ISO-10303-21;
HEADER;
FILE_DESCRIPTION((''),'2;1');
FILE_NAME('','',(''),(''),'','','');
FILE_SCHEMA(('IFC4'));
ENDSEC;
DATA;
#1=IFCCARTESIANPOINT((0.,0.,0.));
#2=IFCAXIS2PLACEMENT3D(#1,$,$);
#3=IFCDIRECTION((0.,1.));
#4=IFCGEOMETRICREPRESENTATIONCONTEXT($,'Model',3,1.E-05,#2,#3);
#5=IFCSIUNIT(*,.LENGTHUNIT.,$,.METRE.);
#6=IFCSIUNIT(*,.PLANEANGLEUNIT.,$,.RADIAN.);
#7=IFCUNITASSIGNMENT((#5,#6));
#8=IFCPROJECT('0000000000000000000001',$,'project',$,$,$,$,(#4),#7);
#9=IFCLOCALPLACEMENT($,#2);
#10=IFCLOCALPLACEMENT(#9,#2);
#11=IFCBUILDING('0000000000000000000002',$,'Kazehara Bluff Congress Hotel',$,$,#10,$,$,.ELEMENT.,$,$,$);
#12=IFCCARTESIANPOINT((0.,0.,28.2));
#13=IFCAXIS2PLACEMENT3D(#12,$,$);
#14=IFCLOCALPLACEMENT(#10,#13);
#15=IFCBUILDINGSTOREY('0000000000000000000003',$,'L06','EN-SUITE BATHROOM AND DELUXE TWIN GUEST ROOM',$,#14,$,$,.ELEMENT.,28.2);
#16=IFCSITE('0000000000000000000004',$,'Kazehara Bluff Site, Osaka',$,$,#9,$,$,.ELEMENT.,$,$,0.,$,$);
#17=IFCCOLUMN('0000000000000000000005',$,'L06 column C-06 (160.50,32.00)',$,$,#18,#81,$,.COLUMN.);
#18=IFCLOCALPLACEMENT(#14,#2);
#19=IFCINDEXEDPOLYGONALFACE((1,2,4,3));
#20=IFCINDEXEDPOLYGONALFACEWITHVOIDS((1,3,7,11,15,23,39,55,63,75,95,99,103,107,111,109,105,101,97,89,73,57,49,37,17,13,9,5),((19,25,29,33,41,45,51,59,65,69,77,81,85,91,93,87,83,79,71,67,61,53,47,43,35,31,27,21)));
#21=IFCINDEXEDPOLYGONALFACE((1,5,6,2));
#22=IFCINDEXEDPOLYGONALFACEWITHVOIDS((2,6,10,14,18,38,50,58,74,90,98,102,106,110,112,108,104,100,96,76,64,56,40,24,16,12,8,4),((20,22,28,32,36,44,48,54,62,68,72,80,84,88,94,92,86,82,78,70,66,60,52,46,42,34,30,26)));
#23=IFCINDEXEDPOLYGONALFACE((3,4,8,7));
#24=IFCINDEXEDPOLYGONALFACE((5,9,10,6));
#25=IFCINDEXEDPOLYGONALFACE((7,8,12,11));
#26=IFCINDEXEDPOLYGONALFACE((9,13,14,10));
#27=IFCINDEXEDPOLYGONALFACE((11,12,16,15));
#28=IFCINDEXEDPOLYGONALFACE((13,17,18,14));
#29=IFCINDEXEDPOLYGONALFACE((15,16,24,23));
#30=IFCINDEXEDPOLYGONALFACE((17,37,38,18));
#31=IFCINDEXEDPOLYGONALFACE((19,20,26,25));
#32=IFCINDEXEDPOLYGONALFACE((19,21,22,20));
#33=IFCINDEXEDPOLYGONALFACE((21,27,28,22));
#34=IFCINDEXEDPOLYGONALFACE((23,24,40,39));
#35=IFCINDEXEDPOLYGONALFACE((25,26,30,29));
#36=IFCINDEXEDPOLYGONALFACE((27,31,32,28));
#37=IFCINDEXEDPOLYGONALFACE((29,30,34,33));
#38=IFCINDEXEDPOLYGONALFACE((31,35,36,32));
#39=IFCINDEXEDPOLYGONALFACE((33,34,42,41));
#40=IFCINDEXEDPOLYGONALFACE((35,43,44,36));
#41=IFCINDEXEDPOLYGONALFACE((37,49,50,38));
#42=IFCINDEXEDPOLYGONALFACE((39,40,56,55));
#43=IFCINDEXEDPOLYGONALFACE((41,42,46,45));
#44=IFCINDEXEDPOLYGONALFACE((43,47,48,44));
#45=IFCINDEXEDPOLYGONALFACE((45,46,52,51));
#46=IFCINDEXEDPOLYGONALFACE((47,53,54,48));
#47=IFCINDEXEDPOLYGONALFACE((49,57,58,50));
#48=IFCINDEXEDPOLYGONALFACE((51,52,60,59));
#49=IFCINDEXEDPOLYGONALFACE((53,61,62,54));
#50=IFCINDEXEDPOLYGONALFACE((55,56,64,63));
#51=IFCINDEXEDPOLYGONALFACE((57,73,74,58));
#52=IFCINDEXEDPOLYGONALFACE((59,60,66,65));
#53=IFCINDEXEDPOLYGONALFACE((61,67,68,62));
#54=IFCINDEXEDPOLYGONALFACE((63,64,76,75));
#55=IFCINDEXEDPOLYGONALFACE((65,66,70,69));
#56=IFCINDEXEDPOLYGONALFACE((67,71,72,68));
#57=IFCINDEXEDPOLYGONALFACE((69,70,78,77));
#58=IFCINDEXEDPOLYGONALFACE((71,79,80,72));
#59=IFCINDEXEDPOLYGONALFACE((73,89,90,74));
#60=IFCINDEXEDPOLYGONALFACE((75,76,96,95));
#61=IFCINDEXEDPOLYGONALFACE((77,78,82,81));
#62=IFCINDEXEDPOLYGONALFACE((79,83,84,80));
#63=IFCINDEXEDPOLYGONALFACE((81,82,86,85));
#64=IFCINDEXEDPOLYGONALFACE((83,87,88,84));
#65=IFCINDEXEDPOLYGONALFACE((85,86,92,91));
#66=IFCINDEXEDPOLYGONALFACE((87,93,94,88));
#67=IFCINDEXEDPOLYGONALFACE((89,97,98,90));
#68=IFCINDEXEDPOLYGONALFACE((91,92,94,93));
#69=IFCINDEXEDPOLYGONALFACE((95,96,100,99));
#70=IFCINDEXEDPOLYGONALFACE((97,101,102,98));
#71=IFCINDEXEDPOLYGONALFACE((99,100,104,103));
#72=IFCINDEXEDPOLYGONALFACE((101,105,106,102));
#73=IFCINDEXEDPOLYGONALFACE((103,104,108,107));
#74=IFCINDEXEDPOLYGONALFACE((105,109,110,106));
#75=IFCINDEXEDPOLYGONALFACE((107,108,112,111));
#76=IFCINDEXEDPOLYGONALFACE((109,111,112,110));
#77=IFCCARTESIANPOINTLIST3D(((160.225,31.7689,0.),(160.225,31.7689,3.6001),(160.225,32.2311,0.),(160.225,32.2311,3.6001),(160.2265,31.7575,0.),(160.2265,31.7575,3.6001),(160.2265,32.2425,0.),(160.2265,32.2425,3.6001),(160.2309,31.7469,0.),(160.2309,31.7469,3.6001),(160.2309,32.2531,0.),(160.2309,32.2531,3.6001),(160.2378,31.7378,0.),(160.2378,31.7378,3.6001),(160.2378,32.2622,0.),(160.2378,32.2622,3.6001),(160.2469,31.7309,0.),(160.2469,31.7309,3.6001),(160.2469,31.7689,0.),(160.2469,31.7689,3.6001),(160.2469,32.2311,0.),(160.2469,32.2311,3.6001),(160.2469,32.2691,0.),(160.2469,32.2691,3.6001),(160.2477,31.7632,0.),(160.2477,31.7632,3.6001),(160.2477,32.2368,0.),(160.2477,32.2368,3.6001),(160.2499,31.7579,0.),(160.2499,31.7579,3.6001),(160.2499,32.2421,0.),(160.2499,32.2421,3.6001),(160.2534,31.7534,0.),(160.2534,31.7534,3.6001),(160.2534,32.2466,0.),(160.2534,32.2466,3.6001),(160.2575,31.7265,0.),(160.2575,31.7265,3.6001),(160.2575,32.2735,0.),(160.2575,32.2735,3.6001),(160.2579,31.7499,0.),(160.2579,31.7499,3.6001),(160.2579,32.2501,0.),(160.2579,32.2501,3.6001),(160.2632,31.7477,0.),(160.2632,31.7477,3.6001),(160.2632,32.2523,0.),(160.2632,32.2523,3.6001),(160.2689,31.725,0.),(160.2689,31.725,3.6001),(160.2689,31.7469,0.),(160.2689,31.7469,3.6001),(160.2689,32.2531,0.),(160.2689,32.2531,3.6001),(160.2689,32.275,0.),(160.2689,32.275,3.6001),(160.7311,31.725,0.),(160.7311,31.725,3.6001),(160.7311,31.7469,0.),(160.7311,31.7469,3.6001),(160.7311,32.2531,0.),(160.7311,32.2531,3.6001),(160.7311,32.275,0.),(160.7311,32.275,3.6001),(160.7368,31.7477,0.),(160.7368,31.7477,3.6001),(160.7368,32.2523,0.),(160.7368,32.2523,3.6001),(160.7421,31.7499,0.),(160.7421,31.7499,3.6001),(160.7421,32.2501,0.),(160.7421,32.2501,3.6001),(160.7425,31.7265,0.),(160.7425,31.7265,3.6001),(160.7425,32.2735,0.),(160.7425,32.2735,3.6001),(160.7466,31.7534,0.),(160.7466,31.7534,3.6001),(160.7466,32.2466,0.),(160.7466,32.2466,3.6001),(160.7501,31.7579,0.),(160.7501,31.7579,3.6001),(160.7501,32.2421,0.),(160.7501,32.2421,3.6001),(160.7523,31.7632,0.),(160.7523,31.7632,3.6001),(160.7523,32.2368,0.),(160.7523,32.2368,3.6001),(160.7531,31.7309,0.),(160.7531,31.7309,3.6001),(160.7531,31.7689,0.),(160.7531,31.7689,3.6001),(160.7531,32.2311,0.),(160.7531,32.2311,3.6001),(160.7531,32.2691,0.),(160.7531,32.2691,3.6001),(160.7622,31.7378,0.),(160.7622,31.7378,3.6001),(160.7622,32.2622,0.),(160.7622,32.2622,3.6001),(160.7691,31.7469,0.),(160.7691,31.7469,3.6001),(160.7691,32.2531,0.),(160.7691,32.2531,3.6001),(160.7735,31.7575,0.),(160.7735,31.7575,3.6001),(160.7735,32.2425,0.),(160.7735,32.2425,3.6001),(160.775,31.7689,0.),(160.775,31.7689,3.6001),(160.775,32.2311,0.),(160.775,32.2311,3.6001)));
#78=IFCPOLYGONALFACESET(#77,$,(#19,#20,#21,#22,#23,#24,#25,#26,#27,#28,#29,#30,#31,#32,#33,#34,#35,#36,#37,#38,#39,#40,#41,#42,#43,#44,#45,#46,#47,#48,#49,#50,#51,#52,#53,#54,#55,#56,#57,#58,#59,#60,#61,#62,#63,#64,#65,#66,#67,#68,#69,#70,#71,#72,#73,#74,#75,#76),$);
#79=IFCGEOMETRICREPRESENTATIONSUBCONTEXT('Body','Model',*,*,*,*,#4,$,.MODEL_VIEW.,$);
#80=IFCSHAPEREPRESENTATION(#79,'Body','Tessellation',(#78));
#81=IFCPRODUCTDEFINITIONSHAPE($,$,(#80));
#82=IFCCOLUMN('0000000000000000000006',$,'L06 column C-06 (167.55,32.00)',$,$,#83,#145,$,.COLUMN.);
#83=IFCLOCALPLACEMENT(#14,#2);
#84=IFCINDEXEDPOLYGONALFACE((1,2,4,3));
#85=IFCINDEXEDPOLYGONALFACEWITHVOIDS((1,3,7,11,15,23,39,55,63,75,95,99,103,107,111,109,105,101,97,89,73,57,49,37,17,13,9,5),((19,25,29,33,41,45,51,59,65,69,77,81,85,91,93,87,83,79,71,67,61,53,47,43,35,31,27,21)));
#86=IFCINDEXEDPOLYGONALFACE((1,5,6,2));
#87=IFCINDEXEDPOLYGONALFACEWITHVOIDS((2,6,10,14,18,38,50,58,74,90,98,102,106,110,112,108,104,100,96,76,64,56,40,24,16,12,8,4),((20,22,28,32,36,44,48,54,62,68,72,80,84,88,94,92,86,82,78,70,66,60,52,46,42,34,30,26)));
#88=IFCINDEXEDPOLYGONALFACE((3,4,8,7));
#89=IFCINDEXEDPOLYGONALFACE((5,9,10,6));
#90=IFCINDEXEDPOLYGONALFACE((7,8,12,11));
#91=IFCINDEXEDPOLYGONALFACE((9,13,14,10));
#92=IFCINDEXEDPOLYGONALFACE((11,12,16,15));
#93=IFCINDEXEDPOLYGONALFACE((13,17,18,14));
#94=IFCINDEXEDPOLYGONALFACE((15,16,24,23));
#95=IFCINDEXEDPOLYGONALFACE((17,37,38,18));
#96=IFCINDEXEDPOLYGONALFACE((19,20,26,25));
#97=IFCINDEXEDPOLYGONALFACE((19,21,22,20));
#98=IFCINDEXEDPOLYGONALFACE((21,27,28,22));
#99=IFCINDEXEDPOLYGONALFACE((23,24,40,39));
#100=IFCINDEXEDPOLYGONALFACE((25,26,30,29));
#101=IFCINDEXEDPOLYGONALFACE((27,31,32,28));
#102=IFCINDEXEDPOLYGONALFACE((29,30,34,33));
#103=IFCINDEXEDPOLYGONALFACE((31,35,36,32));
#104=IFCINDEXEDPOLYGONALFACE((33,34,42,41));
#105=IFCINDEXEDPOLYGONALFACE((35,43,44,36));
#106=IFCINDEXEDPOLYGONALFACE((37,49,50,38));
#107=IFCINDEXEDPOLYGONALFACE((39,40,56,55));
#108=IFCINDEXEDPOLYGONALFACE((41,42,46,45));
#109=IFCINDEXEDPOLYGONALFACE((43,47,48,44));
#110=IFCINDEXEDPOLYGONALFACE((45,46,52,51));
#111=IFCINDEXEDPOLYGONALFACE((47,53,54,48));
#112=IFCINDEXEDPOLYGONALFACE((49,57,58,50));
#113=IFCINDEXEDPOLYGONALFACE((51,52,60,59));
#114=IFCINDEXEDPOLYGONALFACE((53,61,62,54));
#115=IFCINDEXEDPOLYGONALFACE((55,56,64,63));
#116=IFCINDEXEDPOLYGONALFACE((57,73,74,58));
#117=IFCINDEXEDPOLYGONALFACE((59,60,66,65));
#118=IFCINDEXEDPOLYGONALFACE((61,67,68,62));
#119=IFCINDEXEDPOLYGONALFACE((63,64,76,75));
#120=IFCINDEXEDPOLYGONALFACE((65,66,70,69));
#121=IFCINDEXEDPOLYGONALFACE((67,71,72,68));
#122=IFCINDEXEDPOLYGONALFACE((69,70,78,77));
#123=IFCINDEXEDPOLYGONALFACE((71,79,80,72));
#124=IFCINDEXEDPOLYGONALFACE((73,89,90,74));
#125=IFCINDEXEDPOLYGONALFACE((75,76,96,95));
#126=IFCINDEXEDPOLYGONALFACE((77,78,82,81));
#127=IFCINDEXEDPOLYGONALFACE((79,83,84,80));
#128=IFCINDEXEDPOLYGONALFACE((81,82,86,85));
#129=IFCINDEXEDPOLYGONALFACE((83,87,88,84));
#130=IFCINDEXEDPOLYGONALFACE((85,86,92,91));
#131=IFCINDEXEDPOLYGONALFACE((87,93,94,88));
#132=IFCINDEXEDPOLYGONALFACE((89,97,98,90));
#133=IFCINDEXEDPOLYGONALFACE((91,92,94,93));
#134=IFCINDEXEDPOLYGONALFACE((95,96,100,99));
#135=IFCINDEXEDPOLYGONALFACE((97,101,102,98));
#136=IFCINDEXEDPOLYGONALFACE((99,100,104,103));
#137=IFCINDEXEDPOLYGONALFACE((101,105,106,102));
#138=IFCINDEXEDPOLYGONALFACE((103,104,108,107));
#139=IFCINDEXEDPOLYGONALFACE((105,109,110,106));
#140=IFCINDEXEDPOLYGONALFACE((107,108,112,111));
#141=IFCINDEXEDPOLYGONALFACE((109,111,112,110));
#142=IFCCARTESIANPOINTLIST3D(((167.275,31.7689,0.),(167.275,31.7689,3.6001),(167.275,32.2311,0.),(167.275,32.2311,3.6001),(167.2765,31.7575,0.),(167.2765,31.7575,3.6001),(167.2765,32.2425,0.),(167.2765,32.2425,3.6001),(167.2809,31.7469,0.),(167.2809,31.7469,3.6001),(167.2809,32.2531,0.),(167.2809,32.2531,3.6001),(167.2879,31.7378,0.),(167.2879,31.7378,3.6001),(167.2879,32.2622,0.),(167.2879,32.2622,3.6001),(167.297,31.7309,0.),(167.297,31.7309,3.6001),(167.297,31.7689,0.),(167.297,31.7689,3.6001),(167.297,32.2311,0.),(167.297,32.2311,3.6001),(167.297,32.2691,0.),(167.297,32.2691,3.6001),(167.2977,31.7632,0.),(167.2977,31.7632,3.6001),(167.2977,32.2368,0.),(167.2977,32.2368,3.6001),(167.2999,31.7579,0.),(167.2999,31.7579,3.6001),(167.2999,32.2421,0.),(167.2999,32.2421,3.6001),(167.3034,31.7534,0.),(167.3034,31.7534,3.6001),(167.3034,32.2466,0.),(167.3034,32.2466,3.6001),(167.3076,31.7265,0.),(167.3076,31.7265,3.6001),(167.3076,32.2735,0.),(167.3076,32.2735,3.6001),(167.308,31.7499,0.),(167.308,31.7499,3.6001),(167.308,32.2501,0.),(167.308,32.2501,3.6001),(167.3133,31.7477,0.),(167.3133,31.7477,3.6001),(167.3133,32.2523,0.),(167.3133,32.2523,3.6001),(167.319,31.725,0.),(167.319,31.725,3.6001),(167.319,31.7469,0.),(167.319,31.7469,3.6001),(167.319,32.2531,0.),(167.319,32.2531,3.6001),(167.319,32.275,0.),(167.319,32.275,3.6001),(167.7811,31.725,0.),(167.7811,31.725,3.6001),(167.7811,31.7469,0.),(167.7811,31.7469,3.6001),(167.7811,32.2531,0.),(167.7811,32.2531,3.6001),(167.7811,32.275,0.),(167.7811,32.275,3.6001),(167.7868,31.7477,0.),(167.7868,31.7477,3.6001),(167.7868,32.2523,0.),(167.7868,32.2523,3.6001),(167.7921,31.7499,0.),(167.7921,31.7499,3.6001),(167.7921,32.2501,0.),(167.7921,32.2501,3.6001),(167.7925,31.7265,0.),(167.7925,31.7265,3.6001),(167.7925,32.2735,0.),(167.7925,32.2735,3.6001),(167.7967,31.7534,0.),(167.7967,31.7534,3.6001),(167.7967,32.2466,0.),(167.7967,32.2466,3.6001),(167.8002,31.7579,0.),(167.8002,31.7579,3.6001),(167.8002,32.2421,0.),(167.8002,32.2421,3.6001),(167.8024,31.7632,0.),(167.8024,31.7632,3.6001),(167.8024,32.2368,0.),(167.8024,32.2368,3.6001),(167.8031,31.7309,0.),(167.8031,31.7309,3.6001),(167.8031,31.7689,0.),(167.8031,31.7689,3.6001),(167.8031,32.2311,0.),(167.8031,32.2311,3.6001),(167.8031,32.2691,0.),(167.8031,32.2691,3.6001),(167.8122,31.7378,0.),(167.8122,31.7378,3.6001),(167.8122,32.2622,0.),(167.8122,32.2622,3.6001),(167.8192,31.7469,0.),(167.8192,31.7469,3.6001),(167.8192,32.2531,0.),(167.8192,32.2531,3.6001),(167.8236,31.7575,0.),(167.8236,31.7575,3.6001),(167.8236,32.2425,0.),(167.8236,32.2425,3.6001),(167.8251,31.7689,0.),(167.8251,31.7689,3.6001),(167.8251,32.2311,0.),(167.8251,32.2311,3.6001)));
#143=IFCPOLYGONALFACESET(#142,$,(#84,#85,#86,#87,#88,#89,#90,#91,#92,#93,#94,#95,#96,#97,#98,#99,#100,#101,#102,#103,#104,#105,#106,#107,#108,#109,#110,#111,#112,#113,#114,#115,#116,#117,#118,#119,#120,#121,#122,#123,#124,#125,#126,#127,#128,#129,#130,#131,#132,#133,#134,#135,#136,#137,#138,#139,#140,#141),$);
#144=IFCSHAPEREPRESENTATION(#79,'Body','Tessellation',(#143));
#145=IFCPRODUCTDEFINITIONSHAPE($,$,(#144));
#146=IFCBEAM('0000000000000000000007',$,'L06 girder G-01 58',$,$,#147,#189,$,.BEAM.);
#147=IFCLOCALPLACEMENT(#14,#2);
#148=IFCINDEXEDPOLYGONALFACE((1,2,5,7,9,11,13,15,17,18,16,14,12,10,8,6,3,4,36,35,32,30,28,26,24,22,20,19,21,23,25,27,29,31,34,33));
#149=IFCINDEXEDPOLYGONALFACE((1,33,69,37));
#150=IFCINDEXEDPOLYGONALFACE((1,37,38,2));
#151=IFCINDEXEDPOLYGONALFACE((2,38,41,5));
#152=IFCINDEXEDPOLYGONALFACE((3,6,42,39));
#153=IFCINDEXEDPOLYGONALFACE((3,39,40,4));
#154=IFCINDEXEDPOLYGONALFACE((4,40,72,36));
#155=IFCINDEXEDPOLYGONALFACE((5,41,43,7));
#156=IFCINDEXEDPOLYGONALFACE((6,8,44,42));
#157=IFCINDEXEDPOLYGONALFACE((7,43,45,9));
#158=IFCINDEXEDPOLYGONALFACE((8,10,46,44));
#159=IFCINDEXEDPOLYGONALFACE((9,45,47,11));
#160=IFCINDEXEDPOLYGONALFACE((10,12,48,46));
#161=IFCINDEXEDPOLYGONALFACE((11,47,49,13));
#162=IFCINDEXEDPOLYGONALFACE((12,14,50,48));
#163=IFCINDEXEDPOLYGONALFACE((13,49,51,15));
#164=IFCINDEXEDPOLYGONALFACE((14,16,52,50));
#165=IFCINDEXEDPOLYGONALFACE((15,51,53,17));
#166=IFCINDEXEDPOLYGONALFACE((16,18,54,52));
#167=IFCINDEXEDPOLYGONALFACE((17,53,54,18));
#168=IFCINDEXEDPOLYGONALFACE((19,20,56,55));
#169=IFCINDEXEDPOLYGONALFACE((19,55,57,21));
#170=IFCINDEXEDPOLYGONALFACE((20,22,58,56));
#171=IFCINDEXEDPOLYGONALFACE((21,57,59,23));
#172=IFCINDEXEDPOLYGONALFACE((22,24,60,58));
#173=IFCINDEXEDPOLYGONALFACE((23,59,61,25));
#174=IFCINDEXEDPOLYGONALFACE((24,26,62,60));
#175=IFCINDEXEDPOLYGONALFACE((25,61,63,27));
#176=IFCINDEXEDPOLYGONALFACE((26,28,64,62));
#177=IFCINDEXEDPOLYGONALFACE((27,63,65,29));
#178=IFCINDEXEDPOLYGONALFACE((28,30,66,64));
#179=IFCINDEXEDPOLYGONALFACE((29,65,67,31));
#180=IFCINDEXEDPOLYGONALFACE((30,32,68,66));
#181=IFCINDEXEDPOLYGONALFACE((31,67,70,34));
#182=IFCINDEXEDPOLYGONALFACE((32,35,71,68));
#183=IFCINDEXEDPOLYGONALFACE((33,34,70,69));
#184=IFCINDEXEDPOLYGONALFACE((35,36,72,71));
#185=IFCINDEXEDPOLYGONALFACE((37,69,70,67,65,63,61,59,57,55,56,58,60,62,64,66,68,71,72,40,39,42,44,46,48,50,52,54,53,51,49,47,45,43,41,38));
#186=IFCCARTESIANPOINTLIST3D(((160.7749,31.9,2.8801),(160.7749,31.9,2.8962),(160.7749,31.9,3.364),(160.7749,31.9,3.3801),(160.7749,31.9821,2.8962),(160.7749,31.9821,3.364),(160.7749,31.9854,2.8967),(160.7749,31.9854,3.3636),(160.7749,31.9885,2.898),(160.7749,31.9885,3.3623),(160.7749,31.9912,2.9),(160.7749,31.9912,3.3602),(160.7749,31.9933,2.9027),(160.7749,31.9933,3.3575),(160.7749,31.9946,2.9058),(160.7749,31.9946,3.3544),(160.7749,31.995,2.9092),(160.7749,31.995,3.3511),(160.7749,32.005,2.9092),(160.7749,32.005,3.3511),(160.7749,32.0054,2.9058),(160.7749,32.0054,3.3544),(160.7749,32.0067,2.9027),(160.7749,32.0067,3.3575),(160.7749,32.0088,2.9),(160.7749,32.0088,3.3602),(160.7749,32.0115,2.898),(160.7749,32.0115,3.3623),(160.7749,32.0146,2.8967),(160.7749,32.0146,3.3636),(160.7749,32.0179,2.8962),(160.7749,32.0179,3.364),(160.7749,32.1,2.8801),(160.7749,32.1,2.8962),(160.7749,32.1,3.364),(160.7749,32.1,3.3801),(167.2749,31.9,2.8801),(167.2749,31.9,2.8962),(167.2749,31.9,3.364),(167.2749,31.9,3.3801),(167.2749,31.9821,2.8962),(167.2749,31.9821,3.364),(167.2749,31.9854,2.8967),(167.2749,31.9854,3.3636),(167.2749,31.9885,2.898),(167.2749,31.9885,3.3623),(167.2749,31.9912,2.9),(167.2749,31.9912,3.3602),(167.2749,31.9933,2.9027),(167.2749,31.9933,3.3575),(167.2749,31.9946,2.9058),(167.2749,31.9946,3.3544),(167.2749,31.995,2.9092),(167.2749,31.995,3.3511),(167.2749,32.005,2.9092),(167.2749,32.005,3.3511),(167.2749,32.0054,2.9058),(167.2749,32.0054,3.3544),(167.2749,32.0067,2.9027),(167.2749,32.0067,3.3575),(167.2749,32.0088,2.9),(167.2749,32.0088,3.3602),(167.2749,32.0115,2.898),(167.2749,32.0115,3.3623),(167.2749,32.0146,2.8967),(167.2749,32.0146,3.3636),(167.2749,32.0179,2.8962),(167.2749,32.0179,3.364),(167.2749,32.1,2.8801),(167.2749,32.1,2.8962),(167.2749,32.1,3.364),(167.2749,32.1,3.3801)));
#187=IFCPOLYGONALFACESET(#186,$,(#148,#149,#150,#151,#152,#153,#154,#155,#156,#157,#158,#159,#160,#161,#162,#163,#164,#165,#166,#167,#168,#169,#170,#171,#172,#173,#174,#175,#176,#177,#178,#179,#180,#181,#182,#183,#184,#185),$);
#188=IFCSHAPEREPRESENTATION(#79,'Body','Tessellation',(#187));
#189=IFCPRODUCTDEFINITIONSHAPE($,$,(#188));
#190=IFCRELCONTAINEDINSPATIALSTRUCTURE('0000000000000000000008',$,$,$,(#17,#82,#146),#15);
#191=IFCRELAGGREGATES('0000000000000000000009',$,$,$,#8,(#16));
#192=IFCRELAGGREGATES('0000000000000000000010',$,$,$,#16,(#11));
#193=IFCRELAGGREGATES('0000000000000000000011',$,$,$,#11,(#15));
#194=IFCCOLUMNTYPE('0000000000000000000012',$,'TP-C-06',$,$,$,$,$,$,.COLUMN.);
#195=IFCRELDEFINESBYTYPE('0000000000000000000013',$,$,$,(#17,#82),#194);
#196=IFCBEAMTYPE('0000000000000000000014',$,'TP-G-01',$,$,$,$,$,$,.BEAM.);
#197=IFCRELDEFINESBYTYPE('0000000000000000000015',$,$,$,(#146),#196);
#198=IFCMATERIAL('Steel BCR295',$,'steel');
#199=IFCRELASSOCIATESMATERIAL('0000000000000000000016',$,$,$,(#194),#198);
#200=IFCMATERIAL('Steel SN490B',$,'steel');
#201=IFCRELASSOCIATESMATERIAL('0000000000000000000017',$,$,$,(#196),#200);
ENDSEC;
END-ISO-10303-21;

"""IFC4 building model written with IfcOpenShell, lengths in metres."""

from ifc_helpers import new_model, si_unit, direction, frame, origin, origin_2d, place, context, subcontext, project, spatial, hollow_rectangle, i_section, extrude, material, material_profile, profile_set, type_object, element, save


model = new_model("IFC4")

# Units and contexts
model_context = context("Model", 3, precision=1e-05, world=origin(), true_north=direction((0.0, 1.0)))
body_context = subcontext(model_context, "Body", "Model", "MODEL_VIEW")
ifc_project = project(units=[si_unit("LENGTHUNIT", "METRE"), si_unit("PLANEANGLEUNIT", "RADIAN")], contexts=[model_context])

# Site, building, storey
site_placement = place(None, origin())
site = spatial("IfcSite", under=ifc_project, at=site_placement, Name="Kazehara Bluff Site, Osaka", CompositionType="ELEMENT", RefElevation=0.0)
building_placement = place(site_placement, origin())
building = spatial("IfcBuilding", under=site, at=building_placement, Name="Kazehara Bluff Congress Hotel", CompositionType="ELEMENT")
storey_placement = place(building_placement, frame((0.0, 0.0, 28.2)))
storey = spatial("IfcBuildingStorey", under=building, at=storey_placement, Name="L06", Description="EN-SUITE BATHROOM AND DELUXE TWIN GUEST ROOM", CompositionType="ELEMENT", Elevation=28.2)

# Columns
ifc_material_1 = material(Name="Steel BCR295", Category="steel")
ifc_material_profile_1 = material_profile(ifc_material_1, hollow_rectangle(XDim=0.55, YDim=0.55, WallThickness=0.022, InnerFilletRadius=0.022, OuterFilletRadius=0.0439, at=origin_2d()))
ifc_profile_set_1 = profile_set([ifc_material_profile_1], Name="Steel BCR295")
column_type = type_object("IfcColumnType", Name="TP-C-06", PredefinedType="COLUMN", material=ifc_profile_set_1)
for number, where, z_axis, x_axis, name in (
    (1, (160.5, 32.0, 0.0), (0.0, 0.0, 1.0), (1.0, 0.0, 0.0), "L06 column C-06 (160.50,32.00)"),
    (2, (167.55, 32.0, 0.0), (0.0, 0.0, 1.0), (1.0, 0.0, 0.0), "L06 column C-06 (167.55,32.00)"),
):
    element("IfcColumn", number, at=place(storey_placement, frame(where, z_axis=z_axis, x_axis=x_axis)), inside=storey, type_object=column_type, Name=name, PredefinedType="COLUMN", context=body_context, shape_type="SweptSolid", body=[
        extrude(hollow_rectangle(XDim=0.55, YDim=0.55, WallThickness=0.022, InnerFilletRadius=0.022, OuterFilletRadius=0.0439, at=origin_2d()), origin(), (0.0, 0.0, 1.0), 3.6001),
    ])

# Beam
ifc_material_2 = material(Name="Steel SN490B", Category="steel")
ifc_material_profile_2 = material_profile(ifc_material_2, i_section(OverallWidth=0.2, OverallDepth=0.5, WebThickness=0.01, FlangeThickness=0.0161, FilletRadius=0.0129, at=origin_2d()))
ifc_profile_set_2 = profile_set([ifc_material_profile_2], Name="Steel SN490B")
beam_type_1 = type_object("IfcBeamType", Name="TP-G-01", PredefinedType="BEAM", material=ifc_profile_set_2)
beam_1_placement = place(storey_placement, frame((160.7749, 32.0, 3.1301), z_axis=(1.0, 0.0, 0.0), x_axis=(0.0, 1.0, 0.0)))
element("IfcBeam", 3, at=beam_1_placement, inside=storey, type_object=beam_type_1, Name="L06 girder G-01 58", PredefinedType="BEAM", context=body_context, shape_type="SweptSolid", body=[
    extrude(i_section(OverallWidth=0.2, OverallDepth=0.5, WebThickness=0.01, FlangeThickness=0.0161, FilletRadius=0.0129, at=origin_2d()), origin(), (0.0, 0.0, 1.0), 6.5),
])

save(model, "model.ifc")
